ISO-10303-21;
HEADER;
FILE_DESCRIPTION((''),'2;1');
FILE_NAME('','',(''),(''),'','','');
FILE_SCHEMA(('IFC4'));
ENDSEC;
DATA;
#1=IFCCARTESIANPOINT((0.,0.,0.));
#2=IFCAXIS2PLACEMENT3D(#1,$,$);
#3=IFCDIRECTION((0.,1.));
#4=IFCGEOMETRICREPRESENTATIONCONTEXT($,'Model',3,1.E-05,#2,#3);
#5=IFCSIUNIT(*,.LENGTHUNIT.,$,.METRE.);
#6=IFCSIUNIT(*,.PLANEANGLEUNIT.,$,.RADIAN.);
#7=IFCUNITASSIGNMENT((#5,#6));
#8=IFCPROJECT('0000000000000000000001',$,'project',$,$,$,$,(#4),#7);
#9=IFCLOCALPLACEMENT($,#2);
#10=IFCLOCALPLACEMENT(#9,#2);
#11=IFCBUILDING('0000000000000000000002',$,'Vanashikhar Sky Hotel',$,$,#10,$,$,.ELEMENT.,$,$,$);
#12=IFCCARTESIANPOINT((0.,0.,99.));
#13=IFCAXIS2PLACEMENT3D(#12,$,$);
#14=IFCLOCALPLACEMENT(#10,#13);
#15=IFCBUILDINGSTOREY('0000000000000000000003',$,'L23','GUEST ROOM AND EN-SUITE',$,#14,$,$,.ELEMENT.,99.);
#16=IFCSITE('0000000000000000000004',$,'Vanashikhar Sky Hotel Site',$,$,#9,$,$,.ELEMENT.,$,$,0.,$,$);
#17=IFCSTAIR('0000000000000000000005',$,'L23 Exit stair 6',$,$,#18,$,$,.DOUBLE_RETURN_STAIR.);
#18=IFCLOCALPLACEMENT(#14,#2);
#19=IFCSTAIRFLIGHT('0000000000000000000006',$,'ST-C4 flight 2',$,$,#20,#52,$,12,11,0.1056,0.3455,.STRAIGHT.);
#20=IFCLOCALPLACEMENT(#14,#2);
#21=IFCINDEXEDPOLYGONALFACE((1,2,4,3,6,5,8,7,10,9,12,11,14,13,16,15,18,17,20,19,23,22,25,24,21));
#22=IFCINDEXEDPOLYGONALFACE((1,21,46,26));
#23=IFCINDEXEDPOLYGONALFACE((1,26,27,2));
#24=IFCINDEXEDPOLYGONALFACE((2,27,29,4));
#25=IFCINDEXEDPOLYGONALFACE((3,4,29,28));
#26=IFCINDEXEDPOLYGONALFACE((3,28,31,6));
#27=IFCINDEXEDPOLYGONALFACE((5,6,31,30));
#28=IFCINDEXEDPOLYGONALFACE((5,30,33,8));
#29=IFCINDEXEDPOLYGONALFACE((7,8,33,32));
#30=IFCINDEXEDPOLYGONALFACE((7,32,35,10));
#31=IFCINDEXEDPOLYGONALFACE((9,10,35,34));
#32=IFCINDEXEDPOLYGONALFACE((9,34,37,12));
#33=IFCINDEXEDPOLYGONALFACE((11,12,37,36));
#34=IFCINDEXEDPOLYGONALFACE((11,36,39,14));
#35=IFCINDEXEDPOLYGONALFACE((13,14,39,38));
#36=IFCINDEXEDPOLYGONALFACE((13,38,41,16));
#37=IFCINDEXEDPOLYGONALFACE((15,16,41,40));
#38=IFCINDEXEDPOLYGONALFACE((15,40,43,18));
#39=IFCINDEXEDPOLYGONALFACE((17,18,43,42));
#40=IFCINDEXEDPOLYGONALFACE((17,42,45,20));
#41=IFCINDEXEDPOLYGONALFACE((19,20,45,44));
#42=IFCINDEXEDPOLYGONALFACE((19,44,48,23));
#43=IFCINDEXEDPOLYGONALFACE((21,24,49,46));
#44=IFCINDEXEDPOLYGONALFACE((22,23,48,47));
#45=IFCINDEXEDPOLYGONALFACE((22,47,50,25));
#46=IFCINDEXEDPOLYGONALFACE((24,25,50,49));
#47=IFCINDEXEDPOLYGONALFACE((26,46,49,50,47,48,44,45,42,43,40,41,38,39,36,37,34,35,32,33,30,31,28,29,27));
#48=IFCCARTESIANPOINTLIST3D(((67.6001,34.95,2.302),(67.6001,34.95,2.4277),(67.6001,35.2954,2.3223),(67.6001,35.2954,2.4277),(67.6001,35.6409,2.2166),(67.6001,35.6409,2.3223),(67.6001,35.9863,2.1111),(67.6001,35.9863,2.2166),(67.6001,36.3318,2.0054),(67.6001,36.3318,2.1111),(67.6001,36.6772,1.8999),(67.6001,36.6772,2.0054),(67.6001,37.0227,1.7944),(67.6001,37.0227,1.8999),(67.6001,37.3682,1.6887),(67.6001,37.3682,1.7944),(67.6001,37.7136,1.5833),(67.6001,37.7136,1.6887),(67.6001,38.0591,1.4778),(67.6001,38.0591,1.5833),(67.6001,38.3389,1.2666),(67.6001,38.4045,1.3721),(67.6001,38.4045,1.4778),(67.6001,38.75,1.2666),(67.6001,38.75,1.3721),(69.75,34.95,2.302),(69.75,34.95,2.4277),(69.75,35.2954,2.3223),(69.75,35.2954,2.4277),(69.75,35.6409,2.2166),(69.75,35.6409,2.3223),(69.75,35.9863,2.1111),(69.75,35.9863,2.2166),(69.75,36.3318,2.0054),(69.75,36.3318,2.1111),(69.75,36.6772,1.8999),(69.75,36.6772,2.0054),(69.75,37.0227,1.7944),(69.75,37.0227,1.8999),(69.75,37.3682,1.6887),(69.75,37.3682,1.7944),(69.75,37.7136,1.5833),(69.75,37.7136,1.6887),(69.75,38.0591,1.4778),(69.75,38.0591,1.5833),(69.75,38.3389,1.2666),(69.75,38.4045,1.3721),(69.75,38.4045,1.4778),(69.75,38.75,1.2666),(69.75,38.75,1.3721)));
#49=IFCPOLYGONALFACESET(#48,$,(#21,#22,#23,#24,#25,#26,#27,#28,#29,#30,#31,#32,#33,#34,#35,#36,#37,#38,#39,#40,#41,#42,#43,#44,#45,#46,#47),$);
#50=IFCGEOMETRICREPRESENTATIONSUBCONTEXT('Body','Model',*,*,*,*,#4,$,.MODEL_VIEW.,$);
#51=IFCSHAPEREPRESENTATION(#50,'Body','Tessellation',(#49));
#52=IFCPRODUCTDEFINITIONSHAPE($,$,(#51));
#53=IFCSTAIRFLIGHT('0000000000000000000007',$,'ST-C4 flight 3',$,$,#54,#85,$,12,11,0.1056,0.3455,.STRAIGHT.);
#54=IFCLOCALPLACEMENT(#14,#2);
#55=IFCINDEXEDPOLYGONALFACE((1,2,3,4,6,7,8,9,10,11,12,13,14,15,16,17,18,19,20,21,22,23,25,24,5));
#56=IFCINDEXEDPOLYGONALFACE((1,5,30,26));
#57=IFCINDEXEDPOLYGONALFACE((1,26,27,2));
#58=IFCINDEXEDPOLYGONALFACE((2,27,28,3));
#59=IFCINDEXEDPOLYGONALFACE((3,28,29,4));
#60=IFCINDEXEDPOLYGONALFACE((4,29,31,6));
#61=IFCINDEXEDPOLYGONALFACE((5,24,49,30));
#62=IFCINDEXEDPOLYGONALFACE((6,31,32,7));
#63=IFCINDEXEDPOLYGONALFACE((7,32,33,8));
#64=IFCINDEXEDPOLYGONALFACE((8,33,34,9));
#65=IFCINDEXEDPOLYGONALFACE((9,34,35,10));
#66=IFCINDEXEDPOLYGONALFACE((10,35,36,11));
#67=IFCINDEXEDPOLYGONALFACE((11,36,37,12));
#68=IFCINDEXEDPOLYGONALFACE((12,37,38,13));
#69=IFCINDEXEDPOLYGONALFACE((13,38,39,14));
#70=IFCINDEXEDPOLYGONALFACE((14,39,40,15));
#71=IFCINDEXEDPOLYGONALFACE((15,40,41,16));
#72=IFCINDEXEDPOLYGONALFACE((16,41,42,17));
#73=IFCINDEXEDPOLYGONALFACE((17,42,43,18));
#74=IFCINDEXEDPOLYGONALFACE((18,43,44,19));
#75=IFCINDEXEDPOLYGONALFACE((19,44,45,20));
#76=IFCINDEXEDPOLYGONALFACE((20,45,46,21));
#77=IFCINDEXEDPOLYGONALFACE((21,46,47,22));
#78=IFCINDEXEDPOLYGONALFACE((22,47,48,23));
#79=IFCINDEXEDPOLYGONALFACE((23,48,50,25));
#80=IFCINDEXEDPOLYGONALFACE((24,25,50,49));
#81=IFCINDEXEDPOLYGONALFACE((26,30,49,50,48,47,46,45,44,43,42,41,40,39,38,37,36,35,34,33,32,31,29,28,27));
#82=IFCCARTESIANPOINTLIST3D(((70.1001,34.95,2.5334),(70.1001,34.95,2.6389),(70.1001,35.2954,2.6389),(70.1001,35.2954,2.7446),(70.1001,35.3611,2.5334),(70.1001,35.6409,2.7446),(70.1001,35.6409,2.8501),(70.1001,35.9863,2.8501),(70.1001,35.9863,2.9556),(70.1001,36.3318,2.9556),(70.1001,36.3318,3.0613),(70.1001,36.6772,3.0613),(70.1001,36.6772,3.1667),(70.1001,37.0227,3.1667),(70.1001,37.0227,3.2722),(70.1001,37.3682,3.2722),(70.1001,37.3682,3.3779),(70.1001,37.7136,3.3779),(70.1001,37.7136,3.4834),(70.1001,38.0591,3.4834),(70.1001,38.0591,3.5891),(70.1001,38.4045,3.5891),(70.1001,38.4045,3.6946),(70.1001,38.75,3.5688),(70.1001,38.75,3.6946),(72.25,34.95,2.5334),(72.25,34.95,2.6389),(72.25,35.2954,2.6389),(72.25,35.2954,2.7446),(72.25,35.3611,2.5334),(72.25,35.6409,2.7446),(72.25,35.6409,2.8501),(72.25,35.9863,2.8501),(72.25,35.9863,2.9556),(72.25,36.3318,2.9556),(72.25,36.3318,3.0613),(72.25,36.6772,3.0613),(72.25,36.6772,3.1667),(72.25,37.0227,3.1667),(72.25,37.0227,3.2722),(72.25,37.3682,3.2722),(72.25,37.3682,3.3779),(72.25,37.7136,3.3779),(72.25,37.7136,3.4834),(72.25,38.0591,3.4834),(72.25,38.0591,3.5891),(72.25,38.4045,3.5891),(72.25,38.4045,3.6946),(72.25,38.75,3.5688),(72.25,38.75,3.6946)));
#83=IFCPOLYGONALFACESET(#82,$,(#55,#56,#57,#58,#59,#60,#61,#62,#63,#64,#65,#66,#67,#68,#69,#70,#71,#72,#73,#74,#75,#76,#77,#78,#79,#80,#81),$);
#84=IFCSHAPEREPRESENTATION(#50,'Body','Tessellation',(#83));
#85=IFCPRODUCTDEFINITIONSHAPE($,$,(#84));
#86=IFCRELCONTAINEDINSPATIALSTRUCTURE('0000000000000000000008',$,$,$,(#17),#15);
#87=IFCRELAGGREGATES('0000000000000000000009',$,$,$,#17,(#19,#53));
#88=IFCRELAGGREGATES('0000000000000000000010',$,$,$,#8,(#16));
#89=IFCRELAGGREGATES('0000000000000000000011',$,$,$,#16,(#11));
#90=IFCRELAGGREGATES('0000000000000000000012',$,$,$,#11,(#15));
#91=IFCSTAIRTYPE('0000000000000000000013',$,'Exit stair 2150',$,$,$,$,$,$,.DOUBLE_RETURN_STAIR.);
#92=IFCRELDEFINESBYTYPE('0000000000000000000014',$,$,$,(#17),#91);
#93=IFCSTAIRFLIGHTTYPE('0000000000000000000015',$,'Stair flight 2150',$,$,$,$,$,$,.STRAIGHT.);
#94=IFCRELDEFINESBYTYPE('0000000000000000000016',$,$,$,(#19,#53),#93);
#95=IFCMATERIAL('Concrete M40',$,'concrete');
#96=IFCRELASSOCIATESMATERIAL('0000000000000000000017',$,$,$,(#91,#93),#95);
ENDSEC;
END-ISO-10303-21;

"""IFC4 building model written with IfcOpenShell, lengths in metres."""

from ifc_helpers import new_model, si_unit, direction, frame, origin, place, context, subcontext, project, spatial, polyline, outline, extrude, source, transform, mapped, material, type_object, element, aggregate, save


model = new_model("IFC4")

# Units and contexts
model_context = context("Model", 3, precision=1e-05, world=origin(), true_north=direction((0.0, 1.0)))
body_context = subcontext(model_context, "Body", "Model", "MODEL_VIEW")
ifc_project = project(units=[si_unit("LENGTHUNIT", "METRE"), si_unit("PLANEANGLEUNIT", "RADIAN")], contexts=[model_context])

# Site, building, storey
site_placement = place(None, origin())
site = spatial("IfcSite", under=ifc_project, at=site_placement, Name="Vanashikhar Sky Hotel Site", CompositionType="ELEMENT", RefElevation=0.0)
building_placement = place(site_placement, origin())
building = spatial("IfcBuilding", under=site, at=building_placement, Name="Vanashikhar Sky Hotel", CompositionType="ELEMENT")
storey_placement = place(building_placement, frame((0.0, 0.0, 99.0)))
storey = spatial("IfcBuildingStorey", under=building, at=storey_placement, Name="L23", Description="GUEST ROOM AND EN-SUITE", CompositionType="ELEMENT", Elevation=99.0)

# Shared definitions
ifc_material_1 = material(Name="Concrete M40", Category="concrete")

# Stair, stair flights
stair_type = type_object("IfcStairType", Name="Exit stair 2150", PredefinedType="DOUBLE_RETURN_STAIR", material=ifc_material_1)
stair_flight_type = type_object("IfcStairFlightType", Name="Stair flight 2150", PredefinedType="STRAIGHT", material=ifc_material_1)
shared_shape_1 = source(origin(), body_context, "Body", "SweptSolid", [
    extrude(outline(polyline([(0.0, 0.0), (0.0, 0.1055), (0.3455, 0.1055), (0.3455, 0.2112), (0.6909, 0.2112), (0.6909, 0.3167), (1.0364, 0.3167), (1.0364, 0.4221), (1.3818, 0.4221), (1.3818, 0.5278), (1.7273, 0.5278), (1.7273, 0.6333), (2.0728, 0.6333), (2.0728, 0.7388), (2.4182, 0.7388), (2.4182, 0.8445), (2.7637, 0.8445), (2.7637, 0.95), (3.1091, 0.95), (3.1091, 1.0557), (3.4546, 1.0557), (3.4546, 1.1611), (3.8, 1.1611), (3.8, 1.2666), (3.8, 1.0354), (0.4111, 0.0), (0.0, 0.0)])), frame((0.0, 1.075, 0.0), z_axis=(0.0, -1.0, 0.0), x_axis=(1.0, 0.0, 0.0)), (0.0, 0.0, 1.0), 2.1499),
])
stair_1_placement = place(storey_placement, origin())
stair_1 = element("IfcStair", 1, at=stair_1_placement, inside=storey, type_object=stair_type, Name="L23 Exit stair 6", PredefinedType="DOUBLE_RETURN_STAIR")
stair_flight_1_placement = place(storey_placement, frame((68.675, 38.75, 1.2666), z_axis=(0.0, 0.0, 1.0), x_axis=(0.0, -1.0, 0.0)))
stair_flight_1 = element("IfcStairFlight", 2, at=stair_flight_1_placement, type_object=stair_flight_type, Name="ST-C4 flight 2", NumberOfRisers=12, NumberOfTreads=11, PredefinedType="STRAIGHT", RiserHeight=0.1056, TreadLength=0.3455, context=body_context, shape_type="MappedRepresentation", body=[
    mapped(shared_shape_1, transform((0.0, 0.0, 0.0), scale=1.0)),
])
stair_flight_2_placement = place(storey_placement, frame((71.175, 34.95, 2.5334), z_axis=(0.0, 0.0, 1.0), x_axis=(0.0, 1.0, 0.0)))
stair_flight_2 = element("IfcStairFlight", 3, at=stair_flight_2_placement, type_object=stair_flight_type, Name="ST-C4 flight 3", NumberOfRisers=12, NumberOfTreads=11, PredefinedType="STRAIGHT", RiserHeight=0.1056, TreadLength=0.3455, context=body_context, shape_type="MappedRepresentation", body=[
    mapped(shared_shape_1, transform((0.0, 0.0, 0.0), scale=1.0)),
])
aggregate(stair_1, [stair_flight_1, stair_flight_2])

save(model, "model.ifc")
